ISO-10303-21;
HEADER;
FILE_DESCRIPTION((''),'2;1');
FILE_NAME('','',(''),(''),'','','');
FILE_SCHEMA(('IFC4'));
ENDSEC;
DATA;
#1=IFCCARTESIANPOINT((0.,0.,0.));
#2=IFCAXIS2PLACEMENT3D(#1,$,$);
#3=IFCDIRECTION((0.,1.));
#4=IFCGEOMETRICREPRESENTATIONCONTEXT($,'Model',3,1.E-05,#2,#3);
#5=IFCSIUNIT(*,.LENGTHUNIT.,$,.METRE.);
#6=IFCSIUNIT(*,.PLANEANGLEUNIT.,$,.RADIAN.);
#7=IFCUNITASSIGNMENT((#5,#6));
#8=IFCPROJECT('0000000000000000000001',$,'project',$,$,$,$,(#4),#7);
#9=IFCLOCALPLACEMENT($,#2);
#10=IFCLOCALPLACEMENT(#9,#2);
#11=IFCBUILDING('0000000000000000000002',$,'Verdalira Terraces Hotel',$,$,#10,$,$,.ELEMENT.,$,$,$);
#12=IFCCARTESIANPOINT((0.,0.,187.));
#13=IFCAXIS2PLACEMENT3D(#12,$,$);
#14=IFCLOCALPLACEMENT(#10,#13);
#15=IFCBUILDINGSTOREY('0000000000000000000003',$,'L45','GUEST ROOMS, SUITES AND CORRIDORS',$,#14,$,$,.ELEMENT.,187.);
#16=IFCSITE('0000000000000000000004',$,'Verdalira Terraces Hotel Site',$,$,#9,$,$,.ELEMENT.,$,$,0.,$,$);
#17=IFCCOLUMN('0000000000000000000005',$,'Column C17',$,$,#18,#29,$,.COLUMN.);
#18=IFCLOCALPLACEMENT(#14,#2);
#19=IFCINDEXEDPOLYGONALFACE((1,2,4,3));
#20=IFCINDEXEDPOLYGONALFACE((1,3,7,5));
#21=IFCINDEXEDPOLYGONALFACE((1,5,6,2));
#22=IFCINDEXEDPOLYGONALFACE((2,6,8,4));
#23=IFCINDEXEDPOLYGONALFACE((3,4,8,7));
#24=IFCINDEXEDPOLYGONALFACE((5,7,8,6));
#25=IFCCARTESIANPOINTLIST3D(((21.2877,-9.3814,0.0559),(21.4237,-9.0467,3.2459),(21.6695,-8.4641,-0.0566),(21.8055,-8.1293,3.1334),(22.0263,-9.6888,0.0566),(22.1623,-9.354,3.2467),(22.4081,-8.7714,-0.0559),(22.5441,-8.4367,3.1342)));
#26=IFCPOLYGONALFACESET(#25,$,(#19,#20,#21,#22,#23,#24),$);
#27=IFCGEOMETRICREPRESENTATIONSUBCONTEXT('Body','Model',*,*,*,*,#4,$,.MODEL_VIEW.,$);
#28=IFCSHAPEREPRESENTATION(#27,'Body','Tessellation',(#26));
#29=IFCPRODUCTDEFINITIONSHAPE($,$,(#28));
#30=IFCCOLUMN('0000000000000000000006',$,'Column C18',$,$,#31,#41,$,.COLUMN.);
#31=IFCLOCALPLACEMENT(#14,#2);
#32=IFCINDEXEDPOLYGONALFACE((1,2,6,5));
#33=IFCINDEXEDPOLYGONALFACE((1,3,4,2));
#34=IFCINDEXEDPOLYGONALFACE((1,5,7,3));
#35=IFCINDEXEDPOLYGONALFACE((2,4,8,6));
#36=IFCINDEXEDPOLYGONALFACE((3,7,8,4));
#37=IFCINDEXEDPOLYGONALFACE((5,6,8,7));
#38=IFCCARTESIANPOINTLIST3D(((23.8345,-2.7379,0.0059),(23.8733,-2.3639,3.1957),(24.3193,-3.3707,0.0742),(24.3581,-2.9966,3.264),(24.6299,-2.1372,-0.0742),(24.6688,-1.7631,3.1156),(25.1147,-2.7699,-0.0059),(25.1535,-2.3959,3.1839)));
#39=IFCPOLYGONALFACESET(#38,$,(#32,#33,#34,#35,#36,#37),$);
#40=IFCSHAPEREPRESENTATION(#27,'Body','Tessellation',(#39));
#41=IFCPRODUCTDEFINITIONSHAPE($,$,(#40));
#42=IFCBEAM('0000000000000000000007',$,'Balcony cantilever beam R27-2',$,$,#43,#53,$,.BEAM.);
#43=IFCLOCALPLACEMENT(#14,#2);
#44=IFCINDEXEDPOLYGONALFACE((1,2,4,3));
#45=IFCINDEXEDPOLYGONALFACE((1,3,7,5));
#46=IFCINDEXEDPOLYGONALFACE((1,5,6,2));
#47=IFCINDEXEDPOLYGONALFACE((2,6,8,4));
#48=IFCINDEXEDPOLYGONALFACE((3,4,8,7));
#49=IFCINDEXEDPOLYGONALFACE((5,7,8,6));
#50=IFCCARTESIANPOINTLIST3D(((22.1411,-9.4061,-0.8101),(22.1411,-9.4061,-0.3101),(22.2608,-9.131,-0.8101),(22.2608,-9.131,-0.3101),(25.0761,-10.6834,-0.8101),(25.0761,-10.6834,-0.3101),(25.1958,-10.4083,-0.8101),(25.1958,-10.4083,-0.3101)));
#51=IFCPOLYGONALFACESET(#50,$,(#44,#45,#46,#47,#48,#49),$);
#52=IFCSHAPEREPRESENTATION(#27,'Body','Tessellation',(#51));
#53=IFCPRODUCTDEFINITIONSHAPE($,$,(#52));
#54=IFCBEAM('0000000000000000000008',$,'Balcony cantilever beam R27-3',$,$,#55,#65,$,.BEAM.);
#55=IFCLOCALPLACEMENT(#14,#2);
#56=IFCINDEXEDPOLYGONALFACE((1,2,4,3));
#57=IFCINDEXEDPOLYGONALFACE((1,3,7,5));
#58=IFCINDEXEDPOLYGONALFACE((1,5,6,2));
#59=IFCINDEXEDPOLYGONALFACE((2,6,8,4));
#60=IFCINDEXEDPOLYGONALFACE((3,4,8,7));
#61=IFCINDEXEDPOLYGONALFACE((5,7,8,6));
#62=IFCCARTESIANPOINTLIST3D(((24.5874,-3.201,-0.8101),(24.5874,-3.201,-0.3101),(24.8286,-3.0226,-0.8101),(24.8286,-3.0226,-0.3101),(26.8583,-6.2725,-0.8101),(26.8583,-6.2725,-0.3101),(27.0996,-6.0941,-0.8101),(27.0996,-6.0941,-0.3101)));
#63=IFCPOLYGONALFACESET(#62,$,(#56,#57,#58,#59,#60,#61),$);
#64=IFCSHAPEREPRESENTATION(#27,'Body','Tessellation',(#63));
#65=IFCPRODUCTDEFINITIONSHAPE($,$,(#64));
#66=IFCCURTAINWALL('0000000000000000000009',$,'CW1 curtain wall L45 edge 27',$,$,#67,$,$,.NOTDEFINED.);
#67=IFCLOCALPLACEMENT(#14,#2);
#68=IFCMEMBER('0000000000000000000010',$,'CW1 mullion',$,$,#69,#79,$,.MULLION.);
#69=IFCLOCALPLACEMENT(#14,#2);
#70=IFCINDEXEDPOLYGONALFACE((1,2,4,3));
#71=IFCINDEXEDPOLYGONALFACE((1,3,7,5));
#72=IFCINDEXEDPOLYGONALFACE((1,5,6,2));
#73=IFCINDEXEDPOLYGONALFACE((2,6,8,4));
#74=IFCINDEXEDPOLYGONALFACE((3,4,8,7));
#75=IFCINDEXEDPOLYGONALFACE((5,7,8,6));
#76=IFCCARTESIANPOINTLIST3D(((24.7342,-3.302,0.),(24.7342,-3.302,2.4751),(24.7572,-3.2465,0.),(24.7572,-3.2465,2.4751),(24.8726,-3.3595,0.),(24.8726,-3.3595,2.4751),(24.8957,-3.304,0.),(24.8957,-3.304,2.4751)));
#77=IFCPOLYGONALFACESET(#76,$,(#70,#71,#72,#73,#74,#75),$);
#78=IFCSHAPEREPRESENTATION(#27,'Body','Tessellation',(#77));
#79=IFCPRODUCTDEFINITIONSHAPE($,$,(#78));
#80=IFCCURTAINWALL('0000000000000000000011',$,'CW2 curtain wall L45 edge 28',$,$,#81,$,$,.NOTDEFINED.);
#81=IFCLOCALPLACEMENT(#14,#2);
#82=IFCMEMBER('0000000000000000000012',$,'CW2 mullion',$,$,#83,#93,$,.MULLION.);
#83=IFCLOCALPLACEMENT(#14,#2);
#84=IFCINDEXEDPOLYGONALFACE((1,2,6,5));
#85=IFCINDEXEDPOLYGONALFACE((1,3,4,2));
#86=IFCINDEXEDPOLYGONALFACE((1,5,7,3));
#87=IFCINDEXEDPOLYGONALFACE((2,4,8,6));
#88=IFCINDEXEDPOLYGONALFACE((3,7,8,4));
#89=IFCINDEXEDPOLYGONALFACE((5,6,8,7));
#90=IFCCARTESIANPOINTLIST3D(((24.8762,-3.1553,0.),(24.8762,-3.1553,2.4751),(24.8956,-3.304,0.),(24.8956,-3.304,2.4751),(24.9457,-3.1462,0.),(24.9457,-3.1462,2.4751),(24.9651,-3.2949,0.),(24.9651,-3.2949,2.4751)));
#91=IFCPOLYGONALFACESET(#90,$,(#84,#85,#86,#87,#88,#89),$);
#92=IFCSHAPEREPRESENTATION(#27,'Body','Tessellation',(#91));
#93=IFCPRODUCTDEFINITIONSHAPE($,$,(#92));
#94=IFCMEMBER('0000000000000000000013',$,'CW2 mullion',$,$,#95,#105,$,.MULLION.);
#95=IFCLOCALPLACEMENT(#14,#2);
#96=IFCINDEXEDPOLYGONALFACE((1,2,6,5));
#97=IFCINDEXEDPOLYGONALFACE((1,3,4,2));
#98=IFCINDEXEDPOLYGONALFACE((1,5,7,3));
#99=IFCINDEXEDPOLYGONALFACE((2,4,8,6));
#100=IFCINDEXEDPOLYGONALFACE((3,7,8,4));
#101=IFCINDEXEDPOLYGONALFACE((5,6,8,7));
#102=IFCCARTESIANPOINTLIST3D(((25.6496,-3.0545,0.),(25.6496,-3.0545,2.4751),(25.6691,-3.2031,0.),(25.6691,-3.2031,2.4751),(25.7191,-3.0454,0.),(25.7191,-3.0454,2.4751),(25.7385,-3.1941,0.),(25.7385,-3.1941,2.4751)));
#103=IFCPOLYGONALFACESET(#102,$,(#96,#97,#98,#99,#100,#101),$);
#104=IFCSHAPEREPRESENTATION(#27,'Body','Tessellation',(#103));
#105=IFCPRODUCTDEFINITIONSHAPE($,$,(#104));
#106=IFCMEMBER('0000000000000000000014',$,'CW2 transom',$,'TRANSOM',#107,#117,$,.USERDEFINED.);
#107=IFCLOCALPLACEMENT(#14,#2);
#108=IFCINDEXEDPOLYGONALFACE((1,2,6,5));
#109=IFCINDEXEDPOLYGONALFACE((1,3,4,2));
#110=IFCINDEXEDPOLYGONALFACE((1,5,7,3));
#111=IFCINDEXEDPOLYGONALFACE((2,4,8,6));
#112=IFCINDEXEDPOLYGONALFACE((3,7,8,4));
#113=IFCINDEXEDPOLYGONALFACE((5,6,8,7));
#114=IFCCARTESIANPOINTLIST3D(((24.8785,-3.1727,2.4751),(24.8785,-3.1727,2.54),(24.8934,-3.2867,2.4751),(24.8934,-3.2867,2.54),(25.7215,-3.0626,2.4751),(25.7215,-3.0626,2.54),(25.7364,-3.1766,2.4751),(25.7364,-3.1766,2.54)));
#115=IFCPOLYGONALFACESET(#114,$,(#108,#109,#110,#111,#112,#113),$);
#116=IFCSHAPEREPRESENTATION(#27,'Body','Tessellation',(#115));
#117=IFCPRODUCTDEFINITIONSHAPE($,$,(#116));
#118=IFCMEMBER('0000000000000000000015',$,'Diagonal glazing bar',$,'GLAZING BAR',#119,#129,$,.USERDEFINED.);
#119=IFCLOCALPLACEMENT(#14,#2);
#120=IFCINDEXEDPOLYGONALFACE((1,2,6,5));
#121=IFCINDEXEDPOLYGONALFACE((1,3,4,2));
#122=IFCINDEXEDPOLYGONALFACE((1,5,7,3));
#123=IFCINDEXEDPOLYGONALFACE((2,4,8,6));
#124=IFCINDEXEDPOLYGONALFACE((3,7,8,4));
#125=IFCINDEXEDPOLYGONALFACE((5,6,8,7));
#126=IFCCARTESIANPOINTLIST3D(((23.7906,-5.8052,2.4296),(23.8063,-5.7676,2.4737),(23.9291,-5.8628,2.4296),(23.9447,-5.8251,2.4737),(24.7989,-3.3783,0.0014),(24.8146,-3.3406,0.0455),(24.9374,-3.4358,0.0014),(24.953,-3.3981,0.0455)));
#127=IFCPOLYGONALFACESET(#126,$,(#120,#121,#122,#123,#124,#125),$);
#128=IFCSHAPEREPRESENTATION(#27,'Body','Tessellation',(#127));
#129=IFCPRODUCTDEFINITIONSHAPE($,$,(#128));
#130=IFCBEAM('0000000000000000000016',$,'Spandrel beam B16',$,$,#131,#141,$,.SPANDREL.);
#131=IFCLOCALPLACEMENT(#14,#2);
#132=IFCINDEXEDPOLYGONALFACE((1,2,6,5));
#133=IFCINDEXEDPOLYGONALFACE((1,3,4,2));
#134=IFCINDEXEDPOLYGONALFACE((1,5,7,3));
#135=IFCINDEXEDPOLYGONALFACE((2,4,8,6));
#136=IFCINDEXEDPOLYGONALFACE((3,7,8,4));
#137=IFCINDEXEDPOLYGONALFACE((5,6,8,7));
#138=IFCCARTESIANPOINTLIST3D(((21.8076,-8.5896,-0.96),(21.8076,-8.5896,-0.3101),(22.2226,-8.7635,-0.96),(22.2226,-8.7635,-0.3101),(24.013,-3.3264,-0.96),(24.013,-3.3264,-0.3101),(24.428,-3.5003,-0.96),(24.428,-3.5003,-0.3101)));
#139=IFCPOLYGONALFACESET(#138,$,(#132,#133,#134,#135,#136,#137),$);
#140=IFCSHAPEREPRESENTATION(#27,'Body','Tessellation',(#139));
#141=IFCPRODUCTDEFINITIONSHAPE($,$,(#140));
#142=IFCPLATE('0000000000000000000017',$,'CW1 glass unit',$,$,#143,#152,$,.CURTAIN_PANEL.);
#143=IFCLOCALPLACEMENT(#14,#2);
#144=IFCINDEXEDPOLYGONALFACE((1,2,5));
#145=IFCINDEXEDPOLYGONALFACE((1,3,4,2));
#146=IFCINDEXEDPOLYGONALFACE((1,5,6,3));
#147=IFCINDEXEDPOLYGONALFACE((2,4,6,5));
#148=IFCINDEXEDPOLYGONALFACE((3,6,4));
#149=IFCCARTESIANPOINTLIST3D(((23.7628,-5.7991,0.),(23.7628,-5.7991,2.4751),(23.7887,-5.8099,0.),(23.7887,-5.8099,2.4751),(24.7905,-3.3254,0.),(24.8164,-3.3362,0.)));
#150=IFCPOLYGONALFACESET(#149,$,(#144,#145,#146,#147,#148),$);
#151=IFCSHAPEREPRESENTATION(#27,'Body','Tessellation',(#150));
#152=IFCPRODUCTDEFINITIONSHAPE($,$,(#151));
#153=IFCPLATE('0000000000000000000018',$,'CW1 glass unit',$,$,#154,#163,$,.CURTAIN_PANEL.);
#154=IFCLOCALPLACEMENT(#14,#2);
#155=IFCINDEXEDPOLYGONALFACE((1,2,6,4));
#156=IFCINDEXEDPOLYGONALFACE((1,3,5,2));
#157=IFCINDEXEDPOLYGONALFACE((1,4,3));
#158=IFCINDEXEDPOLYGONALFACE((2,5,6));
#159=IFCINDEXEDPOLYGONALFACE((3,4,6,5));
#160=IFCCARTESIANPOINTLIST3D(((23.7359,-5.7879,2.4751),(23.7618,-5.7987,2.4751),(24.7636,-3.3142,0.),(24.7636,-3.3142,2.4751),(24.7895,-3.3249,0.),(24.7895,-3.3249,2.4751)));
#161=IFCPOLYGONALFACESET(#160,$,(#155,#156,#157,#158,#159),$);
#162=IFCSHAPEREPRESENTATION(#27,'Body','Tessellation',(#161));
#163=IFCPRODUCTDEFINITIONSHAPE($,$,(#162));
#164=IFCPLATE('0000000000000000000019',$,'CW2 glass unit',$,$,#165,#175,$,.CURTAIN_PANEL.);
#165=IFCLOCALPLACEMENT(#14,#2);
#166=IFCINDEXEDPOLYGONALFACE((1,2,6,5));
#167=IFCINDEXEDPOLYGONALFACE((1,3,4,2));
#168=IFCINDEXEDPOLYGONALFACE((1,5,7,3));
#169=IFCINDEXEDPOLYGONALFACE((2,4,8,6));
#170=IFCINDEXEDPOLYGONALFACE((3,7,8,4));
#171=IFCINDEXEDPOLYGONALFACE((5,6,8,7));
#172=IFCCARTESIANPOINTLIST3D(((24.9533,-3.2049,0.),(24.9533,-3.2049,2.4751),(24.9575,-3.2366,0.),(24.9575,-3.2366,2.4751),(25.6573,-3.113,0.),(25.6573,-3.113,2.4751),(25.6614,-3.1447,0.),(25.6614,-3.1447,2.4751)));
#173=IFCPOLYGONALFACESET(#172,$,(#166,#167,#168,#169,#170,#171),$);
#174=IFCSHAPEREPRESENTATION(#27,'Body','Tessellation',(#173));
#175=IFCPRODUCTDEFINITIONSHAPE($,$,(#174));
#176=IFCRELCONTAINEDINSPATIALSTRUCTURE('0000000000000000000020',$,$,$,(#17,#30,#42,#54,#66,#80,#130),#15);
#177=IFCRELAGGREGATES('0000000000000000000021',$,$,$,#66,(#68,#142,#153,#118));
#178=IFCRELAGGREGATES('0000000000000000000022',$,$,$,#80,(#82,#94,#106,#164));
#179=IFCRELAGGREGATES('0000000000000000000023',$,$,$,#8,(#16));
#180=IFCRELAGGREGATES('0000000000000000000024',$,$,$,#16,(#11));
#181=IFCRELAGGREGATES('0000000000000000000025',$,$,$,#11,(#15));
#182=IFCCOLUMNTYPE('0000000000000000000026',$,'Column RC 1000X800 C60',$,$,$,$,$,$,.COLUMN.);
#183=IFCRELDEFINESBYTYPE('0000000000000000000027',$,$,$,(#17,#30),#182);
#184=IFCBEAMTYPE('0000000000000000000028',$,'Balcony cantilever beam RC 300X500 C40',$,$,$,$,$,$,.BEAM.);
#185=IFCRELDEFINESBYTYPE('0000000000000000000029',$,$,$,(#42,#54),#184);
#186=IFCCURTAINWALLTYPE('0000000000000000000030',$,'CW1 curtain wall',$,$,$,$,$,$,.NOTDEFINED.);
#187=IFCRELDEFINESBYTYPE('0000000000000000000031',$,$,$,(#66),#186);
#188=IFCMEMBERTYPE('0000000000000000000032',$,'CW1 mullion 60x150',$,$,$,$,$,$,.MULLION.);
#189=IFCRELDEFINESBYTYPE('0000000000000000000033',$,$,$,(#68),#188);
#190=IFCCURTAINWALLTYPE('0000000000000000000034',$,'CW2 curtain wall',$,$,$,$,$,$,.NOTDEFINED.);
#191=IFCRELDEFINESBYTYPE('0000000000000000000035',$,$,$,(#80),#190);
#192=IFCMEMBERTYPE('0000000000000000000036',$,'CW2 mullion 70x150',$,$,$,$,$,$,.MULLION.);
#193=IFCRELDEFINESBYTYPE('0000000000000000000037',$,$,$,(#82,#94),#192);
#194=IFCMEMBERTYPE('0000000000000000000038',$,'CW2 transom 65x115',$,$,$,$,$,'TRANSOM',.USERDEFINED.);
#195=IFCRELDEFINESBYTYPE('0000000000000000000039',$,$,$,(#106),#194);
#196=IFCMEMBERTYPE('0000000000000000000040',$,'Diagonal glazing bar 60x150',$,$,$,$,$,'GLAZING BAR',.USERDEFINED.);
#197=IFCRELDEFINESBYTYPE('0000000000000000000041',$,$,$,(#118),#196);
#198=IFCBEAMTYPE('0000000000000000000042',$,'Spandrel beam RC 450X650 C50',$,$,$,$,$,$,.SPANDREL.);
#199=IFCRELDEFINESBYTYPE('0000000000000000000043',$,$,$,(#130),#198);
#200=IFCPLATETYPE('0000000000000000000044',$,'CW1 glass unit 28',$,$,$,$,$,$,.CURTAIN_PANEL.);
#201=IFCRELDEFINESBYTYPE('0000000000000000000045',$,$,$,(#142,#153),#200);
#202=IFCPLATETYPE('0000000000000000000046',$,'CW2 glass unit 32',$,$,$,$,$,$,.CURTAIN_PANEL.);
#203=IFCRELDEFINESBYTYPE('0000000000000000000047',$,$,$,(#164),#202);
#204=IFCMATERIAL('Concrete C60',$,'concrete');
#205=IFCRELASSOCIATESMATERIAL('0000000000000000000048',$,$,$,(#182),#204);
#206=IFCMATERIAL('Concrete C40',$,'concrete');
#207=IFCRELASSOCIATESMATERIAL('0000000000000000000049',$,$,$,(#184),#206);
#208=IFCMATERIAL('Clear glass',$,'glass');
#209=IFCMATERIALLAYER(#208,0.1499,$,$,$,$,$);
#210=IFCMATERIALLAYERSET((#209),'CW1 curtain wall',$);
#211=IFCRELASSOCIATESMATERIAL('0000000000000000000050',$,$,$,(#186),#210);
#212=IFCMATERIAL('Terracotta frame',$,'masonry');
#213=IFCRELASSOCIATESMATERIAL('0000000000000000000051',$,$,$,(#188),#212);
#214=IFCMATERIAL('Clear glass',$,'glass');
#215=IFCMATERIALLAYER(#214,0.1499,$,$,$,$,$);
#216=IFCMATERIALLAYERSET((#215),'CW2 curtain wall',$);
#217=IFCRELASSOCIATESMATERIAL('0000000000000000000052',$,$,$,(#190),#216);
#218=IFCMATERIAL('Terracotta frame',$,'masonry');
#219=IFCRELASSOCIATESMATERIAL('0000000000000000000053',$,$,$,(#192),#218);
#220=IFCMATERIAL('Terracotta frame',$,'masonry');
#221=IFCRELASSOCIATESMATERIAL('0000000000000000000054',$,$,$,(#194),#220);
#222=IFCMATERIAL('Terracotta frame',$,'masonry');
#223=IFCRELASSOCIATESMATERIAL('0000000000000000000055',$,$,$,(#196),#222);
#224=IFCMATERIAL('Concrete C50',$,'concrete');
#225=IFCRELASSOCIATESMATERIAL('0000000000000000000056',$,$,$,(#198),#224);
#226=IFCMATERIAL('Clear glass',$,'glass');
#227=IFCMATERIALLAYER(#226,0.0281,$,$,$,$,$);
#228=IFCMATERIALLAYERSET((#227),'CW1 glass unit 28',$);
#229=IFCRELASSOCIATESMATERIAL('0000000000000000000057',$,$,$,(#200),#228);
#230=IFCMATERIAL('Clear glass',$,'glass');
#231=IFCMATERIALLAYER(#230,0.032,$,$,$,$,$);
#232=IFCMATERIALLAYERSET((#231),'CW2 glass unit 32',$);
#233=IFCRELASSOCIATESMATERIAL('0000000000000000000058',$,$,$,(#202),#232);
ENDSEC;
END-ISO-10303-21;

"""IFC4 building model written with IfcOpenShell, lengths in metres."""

from ifc_helpers import new_model, si_unit, direction, frame, origin, origin_2d, place, context, subcontext, project, spatial, polyline, rectangle, outline, extrude, material, layer, layer_set, material_profile, profile_set, type_object, element, aggregate, save


model = new_model("IFC4")

# Units and contexts
model_context = context("Model", 3, precision=1e-05, world=origin(), true_north=direction((0.0, 1.0)))
body_context = subcontext(model_context, "Body", "Model", "MODEL_VIEW")
ifc_project = project(units=[si_unit("LENGTHUNIT", "METRE"), si_unit("PLANEANGLEUNIT", "RADIAN")], contexts=[model_context])

# Site, building, storey
site_placement = place(None, origin())
site = spatial("IfcSite", under=ifc_project, at=site_placement, Name="Verdalira Terraces Hotel Site", CompositionType="ELEMENT", RefElevation=0.0)
building_placement = place(site_placement, origin())
building = spatial("IfcBuilding", under=site, at=building_placement, Name="Verdalira Terraces Hotel", CompositionType="ELEMENT")
storey_placement = place(building_placement, frame((0.0, 0.0, 187.0)))
storey = spatial("IfcBuildingStorey", under=building, at=storey_placement, Name="L45", Description="GUEST ROOMS, SUITES AND CORRIDORS", CompositionType="ELEMENT", Elevation=187.0)

# Columns
ifc_material_1 = material(Name="Concrete C60", Category="concrete")
ifc_material_profile_1 = material_profile(ifc_material_1, rectangle(XDim=1.0, YDim=0.8, at=origin_2d()), Name="RC 1000X800")
ifc_profile_set_1 = profile_set([ifc_material_profile_1], Name="Concrete C60")
column_type = type_object("IfcColumnType", Name="Column RC 1000X800 C60", PredefinedType="COLUMN", material=ifc_profile_set_1)
column_1_placement = place(storey_placement, frame((21.8479, -9.0764, 0.0), z_axis=(0.042359, 0.104262, 0.993647), x_axis=(0.381802, 0.917367, -0.112534)))
element("IfcColumn", 1, at=column_1_placement, inside=storey, type_object=column_type, Name="Column C17", PredefinedType="COLUMN", context=body_context, shape_type="SweptSolid", body=[
    extrude(rectangle(XDim=1.0, YDim=0.8, at=origin_2d()), origin(), (0.0, 0.0, 1.0), 3.2104),
])
column_2_placement = place(storey_placement, frame((24.4746, -2.7539, 0.0), z_axis=(0.012085, 0.116445, 0.993124), x_axis=(-0.795436, -0.600719, 0.080115)))
element("IfcColumn", 2, at=column_2_placement, inside=storey, type_object=column_type, Name="Column C18", PredefinedType="COLUMN", context=body_context, shape_type="SweptSolid", body=[
    extrude(rectangle(XDim=1.0, YDim=0.8, at=origin_2d()), origin(), (0.0, 0.0, 1.0), 3.2119),
])

# Beams
ifc_material_2 = material(Name="Concrete C40", Category="concrete")
ifc_material_profile_2 = material_profile(ifc_material_2, rectangle(XDim=0.3, YDim=0.5, at=origin_2d()), Name="RC 300X500")
ifc_profile_set_2 = profile_set([ifc_material_profile_2], Name="Concrete C40")
beam_type_1 = type_object("IfcBeamType", Name="Balcony cantilever beam RC 300X500 C40", PredefinedType="BEAM", material=ifc_profile_set_2)
beam_1_placement = place(storey_placement, frame((22.2009, -9.2686, -0.5601), z_axis=(0.916929, -0.39905, 0.0), x_axis=(0.39905, 0.916929, 0.0)))
element("IfcBeam", 3, at=beam_1_placement, inside=storey, type_object=beam_type_1, Name="Balcony cantilever beam R27-2", PredefinedType="BEAM", context=body_context, shape_type="SweptSolid", body=[
    extrude(rectangle(XDim=0.3, YDim=0.5, at=origin_2d()), origin(), (0.0, 0.0, 1.0), 3.2009),
])
beam_2_placement = place(storey_placement, frame((24.708, -3.1118, -0.5601), z_axis=(0.594515, -0.804084, 0.0), x_axis=(0.804084, 0.594515, 0.0)))
element("IfcBeam", 4, at=beam_2_placement, inside=storey, type_object=beam_type_1, Name="Balcony cantilever beam R27-3", PredefinedType="BEAM", context=body_context, shape_type="SweptSolid", body=[
    extrude(rectangle(XDim=0.3, YDim=0.5, at=origin_2d()), origin(), (0.0, 0.0, 1.0), 3.8198),
])

# Curtain wall, member
ifc_material_3 = material(Name="Clear glass", Category="glass")
ifc_layer_1 = layer(ifc_material_3, 0.1499)
ifc_layer_set_1 = layer_set([ifc_layer_1], Name="CW1 curtain wall")
curtain_wall_type_1 = type_object("IfcCurtainWallType", Name="CW1 curtain wall", PredefinedType="NOTDEFINED", material=ifc_layer_set_1)
curtain_wall_1_placement = place(storey_placement, origin())
curtain_wall_1 = element("IfcCurtainWall", 5, at=curtain_wall_1_placement, inside=storey, type_object=curtain_wall_type_1, Name="CW1 curtain wall L45 edge 27", PredefinedType="NOTDEFINED")
ifc_material_4 = material(Name="Terracotta frame", Category="masonry")
ifc_material_profile_3 = material_profile(ifc_material_4, rectangle(XDim=0.0601, YDim=0.1499, at=origin_2d()), Name="MU 60x150")
ifc_profile_set_3 = profile_set([ifc_material_profile_3], Name="Terracotta frame")
member_type_1 = type_object("IfcMemberType", Name="CW1 mullion 60x150", PredefinedType="MULLION", material=ifc_profile_set_3)
member_1_placement = place(storey_placement, frame((24.8149, -3.303, 0.0), z_axis=(0.0, 0.0, 1.0), x_axis=(0.383651, 0.923478, 0.0)))
member_1 = element("IfcMember", 6, at=member_1_placement, type_object=member_type_1, Name="CW1 mullion", PredefinedType="MULLION", context=body_context, shape_type="SweptSolid", body=[
    extrude(rectangle(XDim=0.0601, YDim=0.1499, at=origin_2d()), origin(), (0.0, 0.0, 1.0), 2.4751),
])

# Curtain wall, members
ifc_material_5 = material(Name="Clear glass", Category="glass")
ifc_layer_2 = layer(ifc_material_5, 0.1499)
ifc_layer_set_2 = layer_set([ifc_layer_2], Name="CW2 curtain wall")
curtain_wall_type_2 = type_object("IfcCurtainWallType", Name="CW2 curtain wall", PredefinedType="NOTDEFINED", material=ifc_layer_set_2)
curtain_wall_2_placement = place(storey_placement, origin())
curtain_wall_2 = element("IfcCurtainWall", 7, at=curtain_wall_2_placement, inside=storey, type_object=curtain_wall_type_2, Name="CW2 curtain wall L45 edge 28", PredefinedType="NOTDEFINED")
ifc_material_6 = material(Name="Terracotta frame", Category="masonry")
ifc_material_profile_4 = material_profile(ifc_material_6, rectangle(XDim=0.0701, YDim=0.1499, at=origin_2d()), Name="MU 70x150")
ifc_profile_set_4 = profile_set([ifc_material_profile_4], Name="Terracotta frame")
member_type_2 = type_object("IfcMemberType", Name="CW2 mullion 70x150", PredefinedType="MULLION", material=ifc_profile_set_4)
member_2_placement = place(storey_placement, frame((24.9207, -3.2251, 0.0), z_axis=(0.0, 0.0, 1.0), x_axis=(0.991581, 0.129488, 0.0)))
member_2 = element("IfcMember", 8, at=member_2_placement, type_object=member_type_2, Name="CW2 mullion", PredefinedType="MULLION", context=body_context, shape_type="SweptSolid", body=[
    extrude(rectangle(XDim=0.0701, YDim=0.1499, at=origin_2d()), origin(), (0.0, 0.0, 1.0), 2.4751),
])
member_3_placement = place(storey_placement, frame((25.6941, -3.1243, 0.0), z_axis=(0.0, 0.0, 1.0), x_axis=(0.991581, 0.129488, 0.0)))
member_3 = element("IfcMember", 9, at=member_3_placement, type_object=member_type_2, Name="CW2 mullion", PredefinedType="MULLION", context=body_context, shape_type="SweptSolid", body=[
    extrude(rectangle(XDim=0.0701, YDim=0.1499, at=origin_2d()), origin(), (0.0, 0.0, 1.0), 2.4751),
])
ifc_material_7 = material(Name="Terracotta frame", Category="masonry")
ifc_material_profile_5 = material_profile(ifc_material_7, rectangle(XDim=0.115, YDim=0.0649, at=origin_2d()), Name="TR 65x115")
ifc_profile_set_5 = profile_set([ifc_material_profile_5], Name="Terracotta frame")
member_type_3 = type_object("IfcMemberType", Name="CW2 transom 65x115", ElementType="TRANSOM", PredefinedType="USERDEFINED", material=ifc_profile_set_5)
member_4_placement = place(storey_placement, frame((24.886, -3.2297, 2.5076), z_axis=(0.991578, 0.129511, 0.0), x_axis=(-0.129511, 0.991578, 0.0)))
member_4 = element("IfcMember", 10, at=member_4_placement, type_object=member_type_3, Name="CW2 transom", ObjectType="TRANSOM", PredefinedType="USERDEFINED", context=body_context, shape_type="SweptSolid", body=[
    extrude(rectangle(XDim=0.115, YDim=0.0649, at=origin_2d()), origin(), (0.0, 0.0, 1.0), 0.8501),
])

# Member
ifc_material_8 = material(Name="Terracotta frame", Category="masonry")
ifc_material_profile_6 = material_profile(ifc_material_8, rectangle(XDim=0.1499, YDim=0.0601, at=origin_2d()), Name="GB 60x150")
ifc_profile_set_6 = profile_set([ifc_material_profile_6], Name="Terracotta frame")
member_type_4 = type_object("IfcMemberType", Name="Diagonal glazing bar 60x150", ElementType="GLAZING BAR", PredefinedType="USERDEFINED", material=ifc_profile_set_6)
member_5_placement = place(storey_placement, frame((23.8677, -5.8152, 2.4517), z_axis=(0.281793, 0.678281, -0.678622), x_axis=(-0.923475, 0.383659, 0.0)))
member_5 = element("IfcMember", 11, at=member_5_placement, type_object=member_type_4, Name="Diagonal glazing bar", ObjectType="GLAZING BAR", PredefinedType="USERDEFINED", context=body_context, shape_type="SweptSolid", body=[
    extrude(rectangle(XDim=0.1499, YDim=0.0601, at=origin_2d()), origin(), (0.0, 0.0, 1.0), 3.5781),
])

# Beam
ifc_material_9 = material(Name="Concrete C50", Category="concrete")
ifc_material_profile_7 = material_profile(ifc_material_9, rectangle(XDim=0.45, YDim=0.6499, at=origin_2d()), Name="RC 450X650")
ifc_profile_set_7 = profile_set([ifc_material_profile_7], Name="Concrete C50")
beam_type_2 = type_object("IfcBeamType", Name="Spandrel beam RC 450X650 C50", PredefinedType="SPANDREL", material=ifc_profile_set_7)
beam_3_placement = place(storey_placement, frame((22.0151, -8.6765, -0.635), z_axis=(0.386456, 0.922308, 0.0), x_axis=(-0.922308, 0.386456, 0.0)))
element("IfcBeam", 12, at=beam_3_placement, inside=storey, type_object=beam_type_2, Name="Spandrel beam B16", PredefinedType="SPANDREL", context=body_context, shape_type="SweptSolid", body=[
    extrude(rectangle(XDim=0.45, YDim=0.6499, at=origin_2d()), origin(), (0.0, 0.0, 1.0), 5.7065),
])

# Plates
ifc_material_10 = material(Name="Clear glass", Category="glass")
ifc_layer_3 = layer(ifc_material_10, 0.0281)
ifc_layer_set_3 = layer_set([ifc_layer_3], Name="CW1 glass unit 28")
plate_type_1 = type_object("IfcPlateType", Name="CW1 glass unit 28", PredefinedType="CURTAIN_PANEL", material=ifc_layer_set_3)
plate_1_placement = place(storey_placement, frame((24.2766, -4.5623, 1.2375), z_axis=(0.923478, -0.383651, 0.0), x_axis=(0.383651, 0.923478, 0.0)))
plate_1 = element("IfcPlate", 13, at=plate_1_placement, type_object=plate_type_1, Name="CW1 glass unit", PredefinedType="CURTAIN_PANEL", context=body_context, shape_type="SweptSolid", body=[
    extrude(outline(polyline([(-1.3394, -1.2375), (1.3394, -1.2375), (-1.3394, 1.2375), (-1.3394, -1.2375)])), origin(), (0.0, 0.0, 1.0), 0.0281),
])
plate_2_placement = place(storey_placement, frame((24.2498, -4.551, 1.2375), z_axis=(0.923478, -0.383651, 0.0), x_axis=(0.383651, 0.923478, 0.0)))
plate_2 = element("IfcPlate", 14, at=plate_2_placement, type_object=plate_type_1, Name="CW1 glass unit", PredefinedType="CURTAIN_PANEL", context=body_context, shape_type="SweptSolid", body=[
    extrude(outline(polyline([(1.3394, -1.2375), (1.3394, 1.2375), (-1.3394, 1.2375), (1.3394, -1.2375)])), origin(), (0.0, 0.0, 1.0), 0.0281),
])
aggregate(curtain_wall_1, [member_1, plate_1, plate_2, member_5])
ifc_material_11 = material(Name="Clear glass", Category="glass")
ifc_layer_4 = layer(ifc_material_11, 0.032)
ifc_layer_set_4 = layer_set([ifc_layer_4], Name="CW2 glass unit 32")
plate_type_2 = type_object("IfcPlateType", Name="CW2 glass unit 32", PredefinedType="CURTAIN_PANEL", material=ifc_layer_set_4)
plate_3_placement = place(storey_placement, frame((25.3074, -3.1748, 0.0), z_axis=(0.0, 0.0, 1.0), x_axis=(0.991581, 0.129488, 0.0)))
plate_3 = element("IfcPlate", 15, at=plate_3_placement, type_object=plate_type_2, Name="CW2 glass unit", PredefinedType="CURTAIN_PANEL", context=body_context, shape_type="SweptSolid", body=[
    extrude(rectangle(XDim=0.71, YDim=0.032, at=origin_2d()), origin(), (0.0, 0.0, 1.0), 2.4751),
])
aggregate(curtain_wall_2, [member_2, member_3, member_4, plate_3])

save(model, "model.ifc")
